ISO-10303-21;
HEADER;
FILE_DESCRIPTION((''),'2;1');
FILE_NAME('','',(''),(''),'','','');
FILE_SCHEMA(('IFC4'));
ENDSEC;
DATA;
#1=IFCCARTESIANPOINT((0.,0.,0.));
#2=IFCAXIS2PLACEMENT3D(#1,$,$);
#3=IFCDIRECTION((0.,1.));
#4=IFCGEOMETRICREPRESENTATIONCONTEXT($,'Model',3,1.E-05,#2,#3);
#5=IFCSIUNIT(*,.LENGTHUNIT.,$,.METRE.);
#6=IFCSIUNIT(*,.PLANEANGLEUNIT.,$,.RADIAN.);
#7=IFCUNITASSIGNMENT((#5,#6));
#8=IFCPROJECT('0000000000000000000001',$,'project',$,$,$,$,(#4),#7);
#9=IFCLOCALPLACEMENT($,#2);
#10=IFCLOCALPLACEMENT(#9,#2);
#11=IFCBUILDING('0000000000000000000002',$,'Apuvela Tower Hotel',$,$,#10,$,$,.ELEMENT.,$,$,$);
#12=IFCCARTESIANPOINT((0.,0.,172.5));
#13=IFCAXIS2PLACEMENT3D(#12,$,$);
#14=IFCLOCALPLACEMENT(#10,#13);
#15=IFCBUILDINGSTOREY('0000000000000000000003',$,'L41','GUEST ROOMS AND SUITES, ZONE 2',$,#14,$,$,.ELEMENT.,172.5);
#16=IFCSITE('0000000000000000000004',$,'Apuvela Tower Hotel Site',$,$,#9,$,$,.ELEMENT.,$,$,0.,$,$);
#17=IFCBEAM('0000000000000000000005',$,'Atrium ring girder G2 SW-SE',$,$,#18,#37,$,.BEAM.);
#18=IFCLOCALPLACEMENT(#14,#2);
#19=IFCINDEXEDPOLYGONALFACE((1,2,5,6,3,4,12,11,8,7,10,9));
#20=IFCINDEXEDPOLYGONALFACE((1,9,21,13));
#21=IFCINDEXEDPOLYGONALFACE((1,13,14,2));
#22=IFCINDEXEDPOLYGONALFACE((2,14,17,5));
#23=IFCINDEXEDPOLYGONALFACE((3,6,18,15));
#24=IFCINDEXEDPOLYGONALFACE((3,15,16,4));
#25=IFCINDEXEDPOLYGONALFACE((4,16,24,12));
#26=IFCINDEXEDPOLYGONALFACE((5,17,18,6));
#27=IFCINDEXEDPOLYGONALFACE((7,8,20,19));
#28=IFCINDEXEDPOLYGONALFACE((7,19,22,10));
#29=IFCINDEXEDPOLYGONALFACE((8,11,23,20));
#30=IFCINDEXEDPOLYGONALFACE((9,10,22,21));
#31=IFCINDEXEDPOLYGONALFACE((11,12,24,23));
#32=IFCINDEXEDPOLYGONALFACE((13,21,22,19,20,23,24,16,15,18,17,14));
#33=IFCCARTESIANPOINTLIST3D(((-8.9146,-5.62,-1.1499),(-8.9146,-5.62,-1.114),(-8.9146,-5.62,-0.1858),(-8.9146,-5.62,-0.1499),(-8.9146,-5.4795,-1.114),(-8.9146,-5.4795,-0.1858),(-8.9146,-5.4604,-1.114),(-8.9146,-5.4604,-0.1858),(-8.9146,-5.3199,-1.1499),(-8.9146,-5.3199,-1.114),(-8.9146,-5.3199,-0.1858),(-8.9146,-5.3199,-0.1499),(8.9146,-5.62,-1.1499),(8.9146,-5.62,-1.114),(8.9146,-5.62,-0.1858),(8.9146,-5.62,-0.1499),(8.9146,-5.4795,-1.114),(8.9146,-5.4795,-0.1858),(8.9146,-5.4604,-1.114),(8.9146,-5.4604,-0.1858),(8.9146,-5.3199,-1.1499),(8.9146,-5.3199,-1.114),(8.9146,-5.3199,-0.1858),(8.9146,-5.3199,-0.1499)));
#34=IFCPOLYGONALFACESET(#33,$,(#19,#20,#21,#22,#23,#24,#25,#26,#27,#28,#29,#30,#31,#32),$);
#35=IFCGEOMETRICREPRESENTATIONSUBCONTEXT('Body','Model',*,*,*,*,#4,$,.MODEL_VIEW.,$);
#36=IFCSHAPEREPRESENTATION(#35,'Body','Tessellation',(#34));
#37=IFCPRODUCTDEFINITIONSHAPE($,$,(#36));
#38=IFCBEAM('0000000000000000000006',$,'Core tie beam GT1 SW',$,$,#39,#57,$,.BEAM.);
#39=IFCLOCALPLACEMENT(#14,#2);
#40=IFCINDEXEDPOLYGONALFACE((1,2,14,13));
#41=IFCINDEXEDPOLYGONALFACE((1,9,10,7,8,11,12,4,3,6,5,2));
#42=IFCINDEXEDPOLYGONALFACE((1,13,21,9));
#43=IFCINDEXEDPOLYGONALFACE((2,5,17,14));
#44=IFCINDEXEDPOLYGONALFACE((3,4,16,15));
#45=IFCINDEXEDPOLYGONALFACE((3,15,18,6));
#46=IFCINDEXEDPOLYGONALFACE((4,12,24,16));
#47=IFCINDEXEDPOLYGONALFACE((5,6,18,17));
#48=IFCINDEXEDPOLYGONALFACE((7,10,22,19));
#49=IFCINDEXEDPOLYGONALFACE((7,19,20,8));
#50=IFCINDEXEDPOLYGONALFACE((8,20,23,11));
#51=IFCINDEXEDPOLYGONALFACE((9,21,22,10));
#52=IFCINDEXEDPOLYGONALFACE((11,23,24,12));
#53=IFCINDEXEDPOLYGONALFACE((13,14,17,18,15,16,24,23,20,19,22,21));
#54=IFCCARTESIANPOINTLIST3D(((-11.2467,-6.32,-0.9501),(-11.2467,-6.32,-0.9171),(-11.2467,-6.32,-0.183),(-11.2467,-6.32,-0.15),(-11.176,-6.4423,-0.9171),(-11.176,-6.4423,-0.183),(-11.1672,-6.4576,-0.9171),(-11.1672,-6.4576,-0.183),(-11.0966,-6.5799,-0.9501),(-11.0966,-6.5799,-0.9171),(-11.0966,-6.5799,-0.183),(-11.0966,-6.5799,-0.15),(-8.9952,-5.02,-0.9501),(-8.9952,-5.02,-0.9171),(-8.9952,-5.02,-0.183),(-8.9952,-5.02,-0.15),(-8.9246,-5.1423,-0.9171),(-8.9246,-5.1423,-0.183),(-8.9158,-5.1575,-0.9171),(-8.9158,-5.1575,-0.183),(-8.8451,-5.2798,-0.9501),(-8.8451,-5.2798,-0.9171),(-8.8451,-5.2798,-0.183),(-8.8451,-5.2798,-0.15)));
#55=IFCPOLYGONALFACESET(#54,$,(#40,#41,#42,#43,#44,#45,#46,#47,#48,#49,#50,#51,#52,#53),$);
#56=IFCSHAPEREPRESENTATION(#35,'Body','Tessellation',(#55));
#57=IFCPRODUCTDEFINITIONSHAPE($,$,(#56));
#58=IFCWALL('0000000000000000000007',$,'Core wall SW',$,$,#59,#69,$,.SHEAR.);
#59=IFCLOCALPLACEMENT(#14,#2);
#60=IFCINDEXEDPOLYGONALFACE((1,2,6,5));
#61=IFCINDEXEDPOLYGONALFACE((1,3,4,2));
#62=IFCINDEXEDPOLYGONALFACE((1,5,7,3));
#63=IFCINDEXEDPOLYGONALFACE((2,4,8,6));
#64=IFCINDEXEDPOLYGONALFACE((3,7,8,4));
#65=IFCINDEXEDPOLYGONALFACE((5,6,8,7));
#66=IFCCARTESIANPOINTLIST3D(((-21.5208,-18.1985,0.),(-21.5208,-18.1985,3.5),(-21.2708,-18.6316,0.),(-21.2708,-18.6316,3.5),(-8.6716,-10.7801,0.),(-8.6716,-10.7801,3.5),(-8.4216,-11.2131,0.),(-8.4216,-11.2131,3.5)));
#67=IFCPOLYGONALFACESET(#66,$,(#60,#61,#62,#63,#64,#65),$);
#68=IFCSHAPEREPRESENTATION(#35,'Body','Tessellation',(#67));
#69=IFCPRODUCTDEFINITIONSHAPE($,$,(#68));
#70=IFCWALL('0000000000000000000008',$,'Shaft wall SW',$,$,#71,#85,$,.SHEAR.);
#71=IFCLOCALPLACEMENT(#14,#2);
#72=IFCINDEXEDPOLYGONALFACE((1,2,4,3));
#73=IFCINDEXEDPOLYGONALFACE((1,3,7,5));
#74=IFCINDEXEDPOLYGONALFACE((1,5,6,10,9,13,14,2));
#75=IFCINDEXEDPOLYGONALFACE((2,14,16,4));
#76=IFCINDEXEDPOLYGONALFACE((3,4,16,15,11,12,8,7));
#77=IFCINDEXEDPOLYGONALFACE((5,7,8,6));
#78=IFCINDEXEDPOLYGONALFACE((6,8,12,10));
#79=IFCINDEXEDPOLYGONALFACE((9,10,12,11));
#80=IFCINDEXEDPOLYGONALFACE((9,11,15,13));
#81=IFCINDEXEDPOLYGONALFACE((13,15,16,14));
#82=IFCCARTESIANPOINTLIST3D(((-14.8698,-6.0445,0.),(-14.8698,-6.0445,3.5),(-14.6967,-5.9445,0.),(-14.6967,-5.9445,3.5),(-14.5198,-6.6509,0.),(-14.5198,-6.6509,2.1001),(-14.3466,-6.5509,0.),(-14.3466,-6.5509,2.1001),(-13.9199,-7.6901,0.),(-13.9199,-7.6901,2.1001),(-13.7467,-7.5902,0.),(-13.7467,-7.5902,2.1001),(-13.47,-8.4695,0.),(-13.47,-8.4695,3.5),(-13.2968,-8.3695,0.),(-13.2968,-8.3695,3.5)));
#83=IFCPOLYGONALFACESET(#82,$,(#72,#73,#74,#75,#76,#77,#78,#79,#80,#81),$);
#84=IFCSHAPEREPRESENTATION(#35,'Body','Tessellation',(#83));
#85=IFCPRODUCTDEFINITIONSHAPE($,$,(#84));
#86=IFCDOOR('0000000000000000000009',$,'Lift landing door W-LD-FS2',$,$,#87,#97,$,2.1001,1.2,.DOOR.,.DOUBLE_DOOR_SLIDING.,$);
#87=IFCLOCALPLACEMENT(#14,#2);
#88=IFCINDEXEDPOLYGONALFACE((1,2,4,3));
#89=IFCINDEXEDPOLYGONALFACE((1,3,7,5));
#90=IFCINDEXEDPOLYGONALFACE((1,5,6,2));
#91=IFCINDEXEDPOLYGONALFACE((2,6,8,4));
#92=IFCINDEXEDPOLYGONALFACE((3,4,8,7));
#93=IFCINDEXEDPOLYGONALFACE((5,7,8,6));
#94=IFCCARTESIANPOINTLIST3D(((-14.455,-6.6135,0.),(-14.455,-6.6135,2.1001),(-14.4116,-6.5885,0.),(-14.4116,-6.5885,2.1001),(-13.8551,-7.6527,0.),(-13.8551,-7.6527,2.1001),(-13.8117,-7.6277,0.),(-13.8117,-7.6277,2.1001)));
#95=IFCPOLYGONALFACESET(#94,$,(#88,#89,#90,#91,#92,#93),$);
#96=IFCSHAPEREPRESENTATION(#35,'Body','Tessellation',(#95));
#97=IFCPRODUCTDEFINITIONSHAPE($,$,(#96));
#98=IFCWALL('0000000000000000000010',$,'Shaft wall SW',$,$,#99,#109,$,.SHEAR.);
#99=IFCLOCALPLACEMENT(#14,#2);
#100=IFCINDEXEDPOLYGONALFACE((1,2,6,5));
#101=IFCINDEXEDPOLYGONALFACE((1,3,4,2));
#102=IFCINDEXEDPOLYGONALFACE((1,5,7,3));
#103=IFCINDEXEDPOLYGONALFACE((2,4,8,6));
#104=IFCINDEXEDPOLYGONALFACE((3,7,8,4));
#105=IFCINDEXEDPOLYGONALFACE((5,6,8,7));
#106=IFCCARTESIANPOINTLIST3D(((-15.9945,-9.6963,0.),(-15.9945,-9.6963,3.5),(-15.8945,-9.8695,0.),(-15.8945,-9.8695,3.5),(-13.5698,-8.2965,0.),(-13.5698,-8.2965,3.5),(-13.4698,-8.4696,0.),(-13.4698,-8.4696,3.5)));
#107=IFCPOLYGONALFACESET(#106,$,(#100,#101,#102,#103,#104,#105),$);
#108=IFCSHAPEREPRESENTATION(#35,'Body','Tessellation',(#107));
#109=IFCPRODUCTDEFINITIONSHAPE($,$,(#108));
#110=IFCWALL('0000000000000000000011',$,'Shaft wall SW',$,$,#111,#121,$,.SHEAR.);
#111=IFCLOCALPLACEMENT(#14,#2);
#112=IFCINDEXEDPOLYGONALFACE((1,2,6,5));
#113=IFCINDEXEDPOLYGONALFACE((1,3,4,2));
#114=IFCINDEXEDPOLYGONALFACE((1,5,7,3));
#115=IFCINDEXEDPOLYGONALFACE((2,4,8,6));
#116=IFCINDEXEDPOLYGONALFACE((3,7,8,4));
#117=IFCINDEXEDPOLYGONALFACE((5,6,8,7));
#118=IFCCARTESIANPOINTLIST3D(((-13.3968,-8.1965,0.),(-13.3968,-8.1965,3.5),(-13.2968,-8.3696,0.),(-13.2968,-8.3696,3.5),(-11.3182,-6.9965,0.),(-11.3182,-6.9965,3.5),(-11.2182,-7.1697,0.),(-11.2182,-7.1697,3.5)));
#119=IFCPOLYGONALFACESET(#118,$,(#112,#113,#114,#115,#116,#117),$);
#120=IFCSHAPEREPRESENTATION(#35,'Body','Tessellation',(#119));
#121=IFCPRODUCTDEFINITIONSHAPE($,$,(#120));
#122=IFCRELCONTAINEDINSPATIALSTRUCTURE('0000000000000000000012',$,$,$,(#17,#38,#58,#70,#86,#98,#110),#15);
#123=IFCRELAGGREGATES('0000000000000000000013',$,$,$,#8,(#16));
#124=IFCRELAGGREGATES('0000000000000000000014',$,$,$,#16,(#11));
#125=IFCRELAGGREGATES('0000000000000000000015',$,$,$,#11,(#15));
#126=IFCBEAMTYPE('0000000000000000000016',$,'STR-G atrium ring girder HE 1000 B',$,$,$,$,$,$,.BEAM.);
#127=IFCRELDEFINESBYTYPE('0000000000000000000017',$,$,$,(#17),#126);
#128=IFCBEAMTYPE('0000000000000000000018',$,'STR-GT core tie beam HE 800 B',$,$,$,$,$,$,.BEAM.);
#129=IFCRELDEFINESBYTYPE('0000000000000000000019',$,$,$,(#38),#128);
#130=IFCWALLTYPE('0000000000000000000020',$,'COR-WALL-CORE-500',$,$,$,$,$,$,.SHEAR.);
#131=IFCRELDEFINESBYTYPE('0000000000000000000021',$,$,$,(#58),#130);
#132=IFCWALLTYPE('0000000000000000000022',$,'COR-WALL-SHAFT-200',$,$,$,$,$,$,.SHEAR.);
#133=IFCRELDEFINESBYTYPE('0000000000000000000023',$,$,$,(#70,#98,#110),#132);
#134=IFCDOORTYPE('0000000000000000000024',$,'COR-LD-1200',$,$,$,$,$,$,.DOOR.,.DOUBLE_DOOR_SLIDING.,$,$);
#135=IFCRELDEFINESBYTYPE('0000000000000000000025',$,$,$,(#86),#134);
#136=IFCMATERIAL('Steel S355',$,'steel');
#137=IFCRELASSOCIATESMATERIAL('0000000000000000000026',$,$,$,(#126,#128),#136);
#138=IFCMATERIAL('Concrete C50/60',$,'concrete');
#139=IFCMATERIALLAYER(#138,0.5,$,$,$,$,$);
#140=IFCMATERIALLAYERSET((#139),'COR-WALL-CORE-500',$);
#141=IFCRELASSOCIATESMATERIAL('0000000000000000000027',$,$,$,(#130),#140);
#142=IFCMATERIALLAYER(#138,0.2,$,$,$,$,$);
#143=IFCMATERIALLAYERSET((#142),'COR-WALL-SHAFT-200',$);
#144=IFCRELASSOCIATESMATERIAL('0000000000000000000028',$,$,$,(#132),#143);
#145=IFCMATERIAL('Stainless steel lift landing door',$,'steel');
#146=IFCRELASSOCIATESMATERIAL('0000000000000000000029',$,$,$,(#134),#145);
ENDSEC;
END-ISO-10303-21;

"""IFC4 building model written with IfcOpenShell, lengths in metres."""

from ifc_helpers import new_model, si_unit, direction, frame, frame_2d, origin, origin_2d, place, context, subcontext, project, spatial, rectangle, i_section, extrude, material, layer, layer_set, material_profile, profile_set, type_object, element, fill, save


model = new_model("IFC4")

# Units and contexts
model_context = context("Model", 3, precision=1e-05, world=origin(), true_north=direction((0.0, 1.0)))
body_context = subcontext(model_context, "Body", "Model", "MODEL_VIEW")
ifc_project = project(units=[si_unit("LENGTHUNIT", "METRE"), si_unit("PLANEANGLEUNIT", "RADIAN")], contexts=[model_context])

# Site, building, storey
site_placement = place(None, origin())
site = spatial("IfcSite", under=ifc_project, at=site_placement, Name="Apuvela Tower Hotel Site", CompositionType="ELEMENT", RefElevation=0.0)
building_placement = place(site_placement, origin())
building = spatial("IfcBuilding", under=site, at=building_placement, Name="Apuvela Tower Hotel", CompositionType="ELEMENT")
storey_placement = place(building_placement, frame((0.0, 0.0, 172.5)))
storey = spatial("IfcBuildingStorey", under=building, at=storey_placement, Name="L41", Description="GUEST ROOMS AND SUITES, ZONE 2", CompositionType="ELEMENT", Elevation=172.5)

# Beams
ifc_material_1 = material(Name="Steel S355", Category="steel")
ifc_material_profile_1 = material_profile(ifc_material_1, i_section(OverallWidth=0.3, OverallDepth=1.0, WebThickness=0.019, FlangeThickness=0.0359, at=origin_2d()), Name="HE 1000 B")
ifc_profile_set_1 = profile_set([ifc_material_profile_1], Name="Steel S355")
beam_type_1 = type_object("IfcBeamType", Name="STR-G atrium ring girder HE 1000 B", PredefinedType="BEAM", material=ifc_profile_set_1)
beam_1_placement = place(storey_placement, frame((-8.9146, -5.47, -0.6499), z_axis=(1.0, 0.0, 0.0), x_axis=(0.0, 1.0, 0.0)))
element("IfcBeam", 1, at=beam_1_placement, inside=storey, type_object=beam_type_1, Name="Atrium ring girder G2 SW-SE", PredefinedType="BEAM", context=body_context, shape_type="SweptSolid", body=[
    extrude(i_section(OverallWidth=0.3, OverallDepth=1.0, WebThickness=0.019, FlangeThickness=0.0359, at=origin_2d()), origin(), (0.0, 0.0, 1.0), 17.8291),
])
ifc_material_profile_2 = material_profile(ifc_material_1, i_section(OverallWidth=0.3, OverallDepth=0.8, WebThickness=0.0176, FlangeThickness=0.033, at=origin_2d()), Name="HE 800 B")
ifc_profile_set_2 = profile_set([ifc_material_profile_2], Name="Steel S355")
beam_type_2 = type_object("IfcBeamType", Name="STR-GT core tie beam HE 800 B", PredefinedType="BEAM", material=ifc_profile_set_2)
beam_2_placement = place(storey_placement, frame((-11.1716, -6.45, -0.55), z_axis=(0.865998, 0.500048, 0.0), x_axis=(-0.500048, 0.865998, 0.0)))
element("IfcBeam", 2, at=beam_2_placement, inside=storey, type_object=beam_type_2, Name="Core tie beam GT1 SW", PredefinedType="BEAM", context=body_context, shape_type="SweptSolid", body=[
    extrude(i_section(OverallWidth=0.3, OverallDepth=0.8, WebThickness=0.0176, FlangeThickness=0.033, at=origin_2d()), origin(), (0.0, 0.0, 1.0), 2.5999),
])

# Wall
ifc_material_2 = material(Name="Concrete C50/60", Category="concrete")
ifc_layer_1 = layer(ifc_material_2, 0.5)
ifc_layer_set_1 = layer_set([ifc_layer_1], Name="COR-WALL-CORE-500")
wall_type_1 = type_object("IfcWallType", Name="COR-WALL-CORE-500", PredefinedType="SHEAR", material=ifc_layer_set_1)
wall_1_placement = place(storey_placement, frame((-8.5466, -10.9966, 0.0), z_axis=(0.0, 0.0, 1.0), x_axis=(-0.866025, -0.500001, 0.0)))
element("IfcWall", 3, at=wall_1_placement, inside=storey, type_object=wall_type_1, Name="Core wall SW", PredefinedType="SHEAR", context=body_context, shape_type="SweptSolid", body=[
    extrude(rectangle(XDim=14.8369, YDim=0.5, at=frame_2d((7.4185, 0.0))), origin(), (0.0, 0.0, 1.0), 3.5),
])

# Wall, opening, door
ifc_layer_2 = layer(ifc_material_2, 0.2)
ifc_layer_set_2 = layer_set([ifc_layer_2], Name="COR-WALL-SHAFT-200")
wall_type_2 = type_object("IfcWallType", Name="COR-WALL-SHAFT-200", PredefinedType="SHEAR", material=ifc_layer_set_2)
wall_2_placement = place(storey_placement, frame((-14.7832, -5.9946, 0.0), z_axis=(0.0, 0.0, 1.0), x_axis=(0.499946, -0.866056, 0.0)))
wall_2 = element("IfcWall", 4, at=wall_2_placement, inside=storey, type_object=wall_type_2, Name="Shaft wall SW", PredefinedType="SHEAR", context=body_context, shape_type="SweptSolid", body=[
    extrude(rectangle(XDim=2.8, YDim=0.2, at=frame_2d((1.3999, 0.0))), origin(), (0.0, 0.0, 1.0), 3.5),
])
opening_1_placement = place(wall_2_placement, frame((0.7, 0.0, 0.0)))
opening_1 = element("IfcOpeningElement", 5, at=opening_1_placement, cuts=wall_2, PredefinedType="OPENING", context=body_context, shape_type="SweptSolid", body=[
    extrude(rectangle(XDim=1.2, YDim=2.1001, at=frame_2d((0.6001, 1.05))), frame((0.0, 0.1099, 0.0), z_axis=(0.0, -1.0, 0.0), x_axis=(1.0, 0.0, 0.0)), (0.0, 0.0, 1.0), 0.22),
])
ifc_material_3 = material(Name="Stainless steel lift landing door", Category="steel")
door_type_1 = type_object("IfcDoorType", Name="COR-LD-1200", OperationType="DOUBLE_DOOR_SLIDING", PredefinedType="DOOR", material=ifc_material_3)
door_1_placement = place(opening_1_placement, origin())
door_1 = element("IfcDoor", 6, at=door_1_placement, inside=storey, type_object=door_type_1, Name="Lift landing door W-LD-FS2", OperationType="DOUBLE_DOOR_SLIDING", OverallHeight=2.1001, OverallWidth=1.2, PredefinedType="DOOR", context=body_context, shape_type="SweptSolid", body=[
    extrude(rectangle(XDim=1.2, YDim=2.1001, at=frame_2d((0.6001, 1.05))), frame((0.0, 0.0249, 0.0), z_axis=(0.0, -1.0, 0.0), x_axis=(1.0, 0.0, 0.0)), (0.0, 0.0, 1.0), 0.05),
])
fill(opening_1, door_1)

# Walls
wall_3_placement = place(storey_placement, frame((-13.5198, -8.3831, 0.0), z_axis=(0.0, 0.0, 1.0), x_axis=(-0.866035, -0.499984, 0.0)))
element("IfcWall", 7, at=wall_3_placement, inside=storey, type_object=wall_type_2, Name="Shaft wall SW", PredefinedType="SHEAR", context=body_context, shape_type="SweptSolid", body=[
    extrude(rectangle(XDim=2.7998, YDim=0.2, at=frame_2d((1.3999, 0.0))), origin(), (0.0, 0.0, 1.0), 3.5),
])
wall_4_placement = place(storey_placement, frame((-11.2681, -7.083, 0.0), z_axis=(0.0, 0.0, 1.0), x_axis=(-0.86605, -0.499957, 0.0)))
element("IfcWall", 8, at=wall_4_placement, inside=storey, type_object=wall_type_2, Name="Shaft wall SW", PredefinedType="SHEAR", context=body_context, shape_type="SweptSolid", body=[
    extrude(rectangle(XDim=2.4001, YDim=0.2, at=frame_2d((1.2002, 0.0))), origin(), (0.0, 0.0, 1.0), 3.5),
])

save(model, "model.ifc")
